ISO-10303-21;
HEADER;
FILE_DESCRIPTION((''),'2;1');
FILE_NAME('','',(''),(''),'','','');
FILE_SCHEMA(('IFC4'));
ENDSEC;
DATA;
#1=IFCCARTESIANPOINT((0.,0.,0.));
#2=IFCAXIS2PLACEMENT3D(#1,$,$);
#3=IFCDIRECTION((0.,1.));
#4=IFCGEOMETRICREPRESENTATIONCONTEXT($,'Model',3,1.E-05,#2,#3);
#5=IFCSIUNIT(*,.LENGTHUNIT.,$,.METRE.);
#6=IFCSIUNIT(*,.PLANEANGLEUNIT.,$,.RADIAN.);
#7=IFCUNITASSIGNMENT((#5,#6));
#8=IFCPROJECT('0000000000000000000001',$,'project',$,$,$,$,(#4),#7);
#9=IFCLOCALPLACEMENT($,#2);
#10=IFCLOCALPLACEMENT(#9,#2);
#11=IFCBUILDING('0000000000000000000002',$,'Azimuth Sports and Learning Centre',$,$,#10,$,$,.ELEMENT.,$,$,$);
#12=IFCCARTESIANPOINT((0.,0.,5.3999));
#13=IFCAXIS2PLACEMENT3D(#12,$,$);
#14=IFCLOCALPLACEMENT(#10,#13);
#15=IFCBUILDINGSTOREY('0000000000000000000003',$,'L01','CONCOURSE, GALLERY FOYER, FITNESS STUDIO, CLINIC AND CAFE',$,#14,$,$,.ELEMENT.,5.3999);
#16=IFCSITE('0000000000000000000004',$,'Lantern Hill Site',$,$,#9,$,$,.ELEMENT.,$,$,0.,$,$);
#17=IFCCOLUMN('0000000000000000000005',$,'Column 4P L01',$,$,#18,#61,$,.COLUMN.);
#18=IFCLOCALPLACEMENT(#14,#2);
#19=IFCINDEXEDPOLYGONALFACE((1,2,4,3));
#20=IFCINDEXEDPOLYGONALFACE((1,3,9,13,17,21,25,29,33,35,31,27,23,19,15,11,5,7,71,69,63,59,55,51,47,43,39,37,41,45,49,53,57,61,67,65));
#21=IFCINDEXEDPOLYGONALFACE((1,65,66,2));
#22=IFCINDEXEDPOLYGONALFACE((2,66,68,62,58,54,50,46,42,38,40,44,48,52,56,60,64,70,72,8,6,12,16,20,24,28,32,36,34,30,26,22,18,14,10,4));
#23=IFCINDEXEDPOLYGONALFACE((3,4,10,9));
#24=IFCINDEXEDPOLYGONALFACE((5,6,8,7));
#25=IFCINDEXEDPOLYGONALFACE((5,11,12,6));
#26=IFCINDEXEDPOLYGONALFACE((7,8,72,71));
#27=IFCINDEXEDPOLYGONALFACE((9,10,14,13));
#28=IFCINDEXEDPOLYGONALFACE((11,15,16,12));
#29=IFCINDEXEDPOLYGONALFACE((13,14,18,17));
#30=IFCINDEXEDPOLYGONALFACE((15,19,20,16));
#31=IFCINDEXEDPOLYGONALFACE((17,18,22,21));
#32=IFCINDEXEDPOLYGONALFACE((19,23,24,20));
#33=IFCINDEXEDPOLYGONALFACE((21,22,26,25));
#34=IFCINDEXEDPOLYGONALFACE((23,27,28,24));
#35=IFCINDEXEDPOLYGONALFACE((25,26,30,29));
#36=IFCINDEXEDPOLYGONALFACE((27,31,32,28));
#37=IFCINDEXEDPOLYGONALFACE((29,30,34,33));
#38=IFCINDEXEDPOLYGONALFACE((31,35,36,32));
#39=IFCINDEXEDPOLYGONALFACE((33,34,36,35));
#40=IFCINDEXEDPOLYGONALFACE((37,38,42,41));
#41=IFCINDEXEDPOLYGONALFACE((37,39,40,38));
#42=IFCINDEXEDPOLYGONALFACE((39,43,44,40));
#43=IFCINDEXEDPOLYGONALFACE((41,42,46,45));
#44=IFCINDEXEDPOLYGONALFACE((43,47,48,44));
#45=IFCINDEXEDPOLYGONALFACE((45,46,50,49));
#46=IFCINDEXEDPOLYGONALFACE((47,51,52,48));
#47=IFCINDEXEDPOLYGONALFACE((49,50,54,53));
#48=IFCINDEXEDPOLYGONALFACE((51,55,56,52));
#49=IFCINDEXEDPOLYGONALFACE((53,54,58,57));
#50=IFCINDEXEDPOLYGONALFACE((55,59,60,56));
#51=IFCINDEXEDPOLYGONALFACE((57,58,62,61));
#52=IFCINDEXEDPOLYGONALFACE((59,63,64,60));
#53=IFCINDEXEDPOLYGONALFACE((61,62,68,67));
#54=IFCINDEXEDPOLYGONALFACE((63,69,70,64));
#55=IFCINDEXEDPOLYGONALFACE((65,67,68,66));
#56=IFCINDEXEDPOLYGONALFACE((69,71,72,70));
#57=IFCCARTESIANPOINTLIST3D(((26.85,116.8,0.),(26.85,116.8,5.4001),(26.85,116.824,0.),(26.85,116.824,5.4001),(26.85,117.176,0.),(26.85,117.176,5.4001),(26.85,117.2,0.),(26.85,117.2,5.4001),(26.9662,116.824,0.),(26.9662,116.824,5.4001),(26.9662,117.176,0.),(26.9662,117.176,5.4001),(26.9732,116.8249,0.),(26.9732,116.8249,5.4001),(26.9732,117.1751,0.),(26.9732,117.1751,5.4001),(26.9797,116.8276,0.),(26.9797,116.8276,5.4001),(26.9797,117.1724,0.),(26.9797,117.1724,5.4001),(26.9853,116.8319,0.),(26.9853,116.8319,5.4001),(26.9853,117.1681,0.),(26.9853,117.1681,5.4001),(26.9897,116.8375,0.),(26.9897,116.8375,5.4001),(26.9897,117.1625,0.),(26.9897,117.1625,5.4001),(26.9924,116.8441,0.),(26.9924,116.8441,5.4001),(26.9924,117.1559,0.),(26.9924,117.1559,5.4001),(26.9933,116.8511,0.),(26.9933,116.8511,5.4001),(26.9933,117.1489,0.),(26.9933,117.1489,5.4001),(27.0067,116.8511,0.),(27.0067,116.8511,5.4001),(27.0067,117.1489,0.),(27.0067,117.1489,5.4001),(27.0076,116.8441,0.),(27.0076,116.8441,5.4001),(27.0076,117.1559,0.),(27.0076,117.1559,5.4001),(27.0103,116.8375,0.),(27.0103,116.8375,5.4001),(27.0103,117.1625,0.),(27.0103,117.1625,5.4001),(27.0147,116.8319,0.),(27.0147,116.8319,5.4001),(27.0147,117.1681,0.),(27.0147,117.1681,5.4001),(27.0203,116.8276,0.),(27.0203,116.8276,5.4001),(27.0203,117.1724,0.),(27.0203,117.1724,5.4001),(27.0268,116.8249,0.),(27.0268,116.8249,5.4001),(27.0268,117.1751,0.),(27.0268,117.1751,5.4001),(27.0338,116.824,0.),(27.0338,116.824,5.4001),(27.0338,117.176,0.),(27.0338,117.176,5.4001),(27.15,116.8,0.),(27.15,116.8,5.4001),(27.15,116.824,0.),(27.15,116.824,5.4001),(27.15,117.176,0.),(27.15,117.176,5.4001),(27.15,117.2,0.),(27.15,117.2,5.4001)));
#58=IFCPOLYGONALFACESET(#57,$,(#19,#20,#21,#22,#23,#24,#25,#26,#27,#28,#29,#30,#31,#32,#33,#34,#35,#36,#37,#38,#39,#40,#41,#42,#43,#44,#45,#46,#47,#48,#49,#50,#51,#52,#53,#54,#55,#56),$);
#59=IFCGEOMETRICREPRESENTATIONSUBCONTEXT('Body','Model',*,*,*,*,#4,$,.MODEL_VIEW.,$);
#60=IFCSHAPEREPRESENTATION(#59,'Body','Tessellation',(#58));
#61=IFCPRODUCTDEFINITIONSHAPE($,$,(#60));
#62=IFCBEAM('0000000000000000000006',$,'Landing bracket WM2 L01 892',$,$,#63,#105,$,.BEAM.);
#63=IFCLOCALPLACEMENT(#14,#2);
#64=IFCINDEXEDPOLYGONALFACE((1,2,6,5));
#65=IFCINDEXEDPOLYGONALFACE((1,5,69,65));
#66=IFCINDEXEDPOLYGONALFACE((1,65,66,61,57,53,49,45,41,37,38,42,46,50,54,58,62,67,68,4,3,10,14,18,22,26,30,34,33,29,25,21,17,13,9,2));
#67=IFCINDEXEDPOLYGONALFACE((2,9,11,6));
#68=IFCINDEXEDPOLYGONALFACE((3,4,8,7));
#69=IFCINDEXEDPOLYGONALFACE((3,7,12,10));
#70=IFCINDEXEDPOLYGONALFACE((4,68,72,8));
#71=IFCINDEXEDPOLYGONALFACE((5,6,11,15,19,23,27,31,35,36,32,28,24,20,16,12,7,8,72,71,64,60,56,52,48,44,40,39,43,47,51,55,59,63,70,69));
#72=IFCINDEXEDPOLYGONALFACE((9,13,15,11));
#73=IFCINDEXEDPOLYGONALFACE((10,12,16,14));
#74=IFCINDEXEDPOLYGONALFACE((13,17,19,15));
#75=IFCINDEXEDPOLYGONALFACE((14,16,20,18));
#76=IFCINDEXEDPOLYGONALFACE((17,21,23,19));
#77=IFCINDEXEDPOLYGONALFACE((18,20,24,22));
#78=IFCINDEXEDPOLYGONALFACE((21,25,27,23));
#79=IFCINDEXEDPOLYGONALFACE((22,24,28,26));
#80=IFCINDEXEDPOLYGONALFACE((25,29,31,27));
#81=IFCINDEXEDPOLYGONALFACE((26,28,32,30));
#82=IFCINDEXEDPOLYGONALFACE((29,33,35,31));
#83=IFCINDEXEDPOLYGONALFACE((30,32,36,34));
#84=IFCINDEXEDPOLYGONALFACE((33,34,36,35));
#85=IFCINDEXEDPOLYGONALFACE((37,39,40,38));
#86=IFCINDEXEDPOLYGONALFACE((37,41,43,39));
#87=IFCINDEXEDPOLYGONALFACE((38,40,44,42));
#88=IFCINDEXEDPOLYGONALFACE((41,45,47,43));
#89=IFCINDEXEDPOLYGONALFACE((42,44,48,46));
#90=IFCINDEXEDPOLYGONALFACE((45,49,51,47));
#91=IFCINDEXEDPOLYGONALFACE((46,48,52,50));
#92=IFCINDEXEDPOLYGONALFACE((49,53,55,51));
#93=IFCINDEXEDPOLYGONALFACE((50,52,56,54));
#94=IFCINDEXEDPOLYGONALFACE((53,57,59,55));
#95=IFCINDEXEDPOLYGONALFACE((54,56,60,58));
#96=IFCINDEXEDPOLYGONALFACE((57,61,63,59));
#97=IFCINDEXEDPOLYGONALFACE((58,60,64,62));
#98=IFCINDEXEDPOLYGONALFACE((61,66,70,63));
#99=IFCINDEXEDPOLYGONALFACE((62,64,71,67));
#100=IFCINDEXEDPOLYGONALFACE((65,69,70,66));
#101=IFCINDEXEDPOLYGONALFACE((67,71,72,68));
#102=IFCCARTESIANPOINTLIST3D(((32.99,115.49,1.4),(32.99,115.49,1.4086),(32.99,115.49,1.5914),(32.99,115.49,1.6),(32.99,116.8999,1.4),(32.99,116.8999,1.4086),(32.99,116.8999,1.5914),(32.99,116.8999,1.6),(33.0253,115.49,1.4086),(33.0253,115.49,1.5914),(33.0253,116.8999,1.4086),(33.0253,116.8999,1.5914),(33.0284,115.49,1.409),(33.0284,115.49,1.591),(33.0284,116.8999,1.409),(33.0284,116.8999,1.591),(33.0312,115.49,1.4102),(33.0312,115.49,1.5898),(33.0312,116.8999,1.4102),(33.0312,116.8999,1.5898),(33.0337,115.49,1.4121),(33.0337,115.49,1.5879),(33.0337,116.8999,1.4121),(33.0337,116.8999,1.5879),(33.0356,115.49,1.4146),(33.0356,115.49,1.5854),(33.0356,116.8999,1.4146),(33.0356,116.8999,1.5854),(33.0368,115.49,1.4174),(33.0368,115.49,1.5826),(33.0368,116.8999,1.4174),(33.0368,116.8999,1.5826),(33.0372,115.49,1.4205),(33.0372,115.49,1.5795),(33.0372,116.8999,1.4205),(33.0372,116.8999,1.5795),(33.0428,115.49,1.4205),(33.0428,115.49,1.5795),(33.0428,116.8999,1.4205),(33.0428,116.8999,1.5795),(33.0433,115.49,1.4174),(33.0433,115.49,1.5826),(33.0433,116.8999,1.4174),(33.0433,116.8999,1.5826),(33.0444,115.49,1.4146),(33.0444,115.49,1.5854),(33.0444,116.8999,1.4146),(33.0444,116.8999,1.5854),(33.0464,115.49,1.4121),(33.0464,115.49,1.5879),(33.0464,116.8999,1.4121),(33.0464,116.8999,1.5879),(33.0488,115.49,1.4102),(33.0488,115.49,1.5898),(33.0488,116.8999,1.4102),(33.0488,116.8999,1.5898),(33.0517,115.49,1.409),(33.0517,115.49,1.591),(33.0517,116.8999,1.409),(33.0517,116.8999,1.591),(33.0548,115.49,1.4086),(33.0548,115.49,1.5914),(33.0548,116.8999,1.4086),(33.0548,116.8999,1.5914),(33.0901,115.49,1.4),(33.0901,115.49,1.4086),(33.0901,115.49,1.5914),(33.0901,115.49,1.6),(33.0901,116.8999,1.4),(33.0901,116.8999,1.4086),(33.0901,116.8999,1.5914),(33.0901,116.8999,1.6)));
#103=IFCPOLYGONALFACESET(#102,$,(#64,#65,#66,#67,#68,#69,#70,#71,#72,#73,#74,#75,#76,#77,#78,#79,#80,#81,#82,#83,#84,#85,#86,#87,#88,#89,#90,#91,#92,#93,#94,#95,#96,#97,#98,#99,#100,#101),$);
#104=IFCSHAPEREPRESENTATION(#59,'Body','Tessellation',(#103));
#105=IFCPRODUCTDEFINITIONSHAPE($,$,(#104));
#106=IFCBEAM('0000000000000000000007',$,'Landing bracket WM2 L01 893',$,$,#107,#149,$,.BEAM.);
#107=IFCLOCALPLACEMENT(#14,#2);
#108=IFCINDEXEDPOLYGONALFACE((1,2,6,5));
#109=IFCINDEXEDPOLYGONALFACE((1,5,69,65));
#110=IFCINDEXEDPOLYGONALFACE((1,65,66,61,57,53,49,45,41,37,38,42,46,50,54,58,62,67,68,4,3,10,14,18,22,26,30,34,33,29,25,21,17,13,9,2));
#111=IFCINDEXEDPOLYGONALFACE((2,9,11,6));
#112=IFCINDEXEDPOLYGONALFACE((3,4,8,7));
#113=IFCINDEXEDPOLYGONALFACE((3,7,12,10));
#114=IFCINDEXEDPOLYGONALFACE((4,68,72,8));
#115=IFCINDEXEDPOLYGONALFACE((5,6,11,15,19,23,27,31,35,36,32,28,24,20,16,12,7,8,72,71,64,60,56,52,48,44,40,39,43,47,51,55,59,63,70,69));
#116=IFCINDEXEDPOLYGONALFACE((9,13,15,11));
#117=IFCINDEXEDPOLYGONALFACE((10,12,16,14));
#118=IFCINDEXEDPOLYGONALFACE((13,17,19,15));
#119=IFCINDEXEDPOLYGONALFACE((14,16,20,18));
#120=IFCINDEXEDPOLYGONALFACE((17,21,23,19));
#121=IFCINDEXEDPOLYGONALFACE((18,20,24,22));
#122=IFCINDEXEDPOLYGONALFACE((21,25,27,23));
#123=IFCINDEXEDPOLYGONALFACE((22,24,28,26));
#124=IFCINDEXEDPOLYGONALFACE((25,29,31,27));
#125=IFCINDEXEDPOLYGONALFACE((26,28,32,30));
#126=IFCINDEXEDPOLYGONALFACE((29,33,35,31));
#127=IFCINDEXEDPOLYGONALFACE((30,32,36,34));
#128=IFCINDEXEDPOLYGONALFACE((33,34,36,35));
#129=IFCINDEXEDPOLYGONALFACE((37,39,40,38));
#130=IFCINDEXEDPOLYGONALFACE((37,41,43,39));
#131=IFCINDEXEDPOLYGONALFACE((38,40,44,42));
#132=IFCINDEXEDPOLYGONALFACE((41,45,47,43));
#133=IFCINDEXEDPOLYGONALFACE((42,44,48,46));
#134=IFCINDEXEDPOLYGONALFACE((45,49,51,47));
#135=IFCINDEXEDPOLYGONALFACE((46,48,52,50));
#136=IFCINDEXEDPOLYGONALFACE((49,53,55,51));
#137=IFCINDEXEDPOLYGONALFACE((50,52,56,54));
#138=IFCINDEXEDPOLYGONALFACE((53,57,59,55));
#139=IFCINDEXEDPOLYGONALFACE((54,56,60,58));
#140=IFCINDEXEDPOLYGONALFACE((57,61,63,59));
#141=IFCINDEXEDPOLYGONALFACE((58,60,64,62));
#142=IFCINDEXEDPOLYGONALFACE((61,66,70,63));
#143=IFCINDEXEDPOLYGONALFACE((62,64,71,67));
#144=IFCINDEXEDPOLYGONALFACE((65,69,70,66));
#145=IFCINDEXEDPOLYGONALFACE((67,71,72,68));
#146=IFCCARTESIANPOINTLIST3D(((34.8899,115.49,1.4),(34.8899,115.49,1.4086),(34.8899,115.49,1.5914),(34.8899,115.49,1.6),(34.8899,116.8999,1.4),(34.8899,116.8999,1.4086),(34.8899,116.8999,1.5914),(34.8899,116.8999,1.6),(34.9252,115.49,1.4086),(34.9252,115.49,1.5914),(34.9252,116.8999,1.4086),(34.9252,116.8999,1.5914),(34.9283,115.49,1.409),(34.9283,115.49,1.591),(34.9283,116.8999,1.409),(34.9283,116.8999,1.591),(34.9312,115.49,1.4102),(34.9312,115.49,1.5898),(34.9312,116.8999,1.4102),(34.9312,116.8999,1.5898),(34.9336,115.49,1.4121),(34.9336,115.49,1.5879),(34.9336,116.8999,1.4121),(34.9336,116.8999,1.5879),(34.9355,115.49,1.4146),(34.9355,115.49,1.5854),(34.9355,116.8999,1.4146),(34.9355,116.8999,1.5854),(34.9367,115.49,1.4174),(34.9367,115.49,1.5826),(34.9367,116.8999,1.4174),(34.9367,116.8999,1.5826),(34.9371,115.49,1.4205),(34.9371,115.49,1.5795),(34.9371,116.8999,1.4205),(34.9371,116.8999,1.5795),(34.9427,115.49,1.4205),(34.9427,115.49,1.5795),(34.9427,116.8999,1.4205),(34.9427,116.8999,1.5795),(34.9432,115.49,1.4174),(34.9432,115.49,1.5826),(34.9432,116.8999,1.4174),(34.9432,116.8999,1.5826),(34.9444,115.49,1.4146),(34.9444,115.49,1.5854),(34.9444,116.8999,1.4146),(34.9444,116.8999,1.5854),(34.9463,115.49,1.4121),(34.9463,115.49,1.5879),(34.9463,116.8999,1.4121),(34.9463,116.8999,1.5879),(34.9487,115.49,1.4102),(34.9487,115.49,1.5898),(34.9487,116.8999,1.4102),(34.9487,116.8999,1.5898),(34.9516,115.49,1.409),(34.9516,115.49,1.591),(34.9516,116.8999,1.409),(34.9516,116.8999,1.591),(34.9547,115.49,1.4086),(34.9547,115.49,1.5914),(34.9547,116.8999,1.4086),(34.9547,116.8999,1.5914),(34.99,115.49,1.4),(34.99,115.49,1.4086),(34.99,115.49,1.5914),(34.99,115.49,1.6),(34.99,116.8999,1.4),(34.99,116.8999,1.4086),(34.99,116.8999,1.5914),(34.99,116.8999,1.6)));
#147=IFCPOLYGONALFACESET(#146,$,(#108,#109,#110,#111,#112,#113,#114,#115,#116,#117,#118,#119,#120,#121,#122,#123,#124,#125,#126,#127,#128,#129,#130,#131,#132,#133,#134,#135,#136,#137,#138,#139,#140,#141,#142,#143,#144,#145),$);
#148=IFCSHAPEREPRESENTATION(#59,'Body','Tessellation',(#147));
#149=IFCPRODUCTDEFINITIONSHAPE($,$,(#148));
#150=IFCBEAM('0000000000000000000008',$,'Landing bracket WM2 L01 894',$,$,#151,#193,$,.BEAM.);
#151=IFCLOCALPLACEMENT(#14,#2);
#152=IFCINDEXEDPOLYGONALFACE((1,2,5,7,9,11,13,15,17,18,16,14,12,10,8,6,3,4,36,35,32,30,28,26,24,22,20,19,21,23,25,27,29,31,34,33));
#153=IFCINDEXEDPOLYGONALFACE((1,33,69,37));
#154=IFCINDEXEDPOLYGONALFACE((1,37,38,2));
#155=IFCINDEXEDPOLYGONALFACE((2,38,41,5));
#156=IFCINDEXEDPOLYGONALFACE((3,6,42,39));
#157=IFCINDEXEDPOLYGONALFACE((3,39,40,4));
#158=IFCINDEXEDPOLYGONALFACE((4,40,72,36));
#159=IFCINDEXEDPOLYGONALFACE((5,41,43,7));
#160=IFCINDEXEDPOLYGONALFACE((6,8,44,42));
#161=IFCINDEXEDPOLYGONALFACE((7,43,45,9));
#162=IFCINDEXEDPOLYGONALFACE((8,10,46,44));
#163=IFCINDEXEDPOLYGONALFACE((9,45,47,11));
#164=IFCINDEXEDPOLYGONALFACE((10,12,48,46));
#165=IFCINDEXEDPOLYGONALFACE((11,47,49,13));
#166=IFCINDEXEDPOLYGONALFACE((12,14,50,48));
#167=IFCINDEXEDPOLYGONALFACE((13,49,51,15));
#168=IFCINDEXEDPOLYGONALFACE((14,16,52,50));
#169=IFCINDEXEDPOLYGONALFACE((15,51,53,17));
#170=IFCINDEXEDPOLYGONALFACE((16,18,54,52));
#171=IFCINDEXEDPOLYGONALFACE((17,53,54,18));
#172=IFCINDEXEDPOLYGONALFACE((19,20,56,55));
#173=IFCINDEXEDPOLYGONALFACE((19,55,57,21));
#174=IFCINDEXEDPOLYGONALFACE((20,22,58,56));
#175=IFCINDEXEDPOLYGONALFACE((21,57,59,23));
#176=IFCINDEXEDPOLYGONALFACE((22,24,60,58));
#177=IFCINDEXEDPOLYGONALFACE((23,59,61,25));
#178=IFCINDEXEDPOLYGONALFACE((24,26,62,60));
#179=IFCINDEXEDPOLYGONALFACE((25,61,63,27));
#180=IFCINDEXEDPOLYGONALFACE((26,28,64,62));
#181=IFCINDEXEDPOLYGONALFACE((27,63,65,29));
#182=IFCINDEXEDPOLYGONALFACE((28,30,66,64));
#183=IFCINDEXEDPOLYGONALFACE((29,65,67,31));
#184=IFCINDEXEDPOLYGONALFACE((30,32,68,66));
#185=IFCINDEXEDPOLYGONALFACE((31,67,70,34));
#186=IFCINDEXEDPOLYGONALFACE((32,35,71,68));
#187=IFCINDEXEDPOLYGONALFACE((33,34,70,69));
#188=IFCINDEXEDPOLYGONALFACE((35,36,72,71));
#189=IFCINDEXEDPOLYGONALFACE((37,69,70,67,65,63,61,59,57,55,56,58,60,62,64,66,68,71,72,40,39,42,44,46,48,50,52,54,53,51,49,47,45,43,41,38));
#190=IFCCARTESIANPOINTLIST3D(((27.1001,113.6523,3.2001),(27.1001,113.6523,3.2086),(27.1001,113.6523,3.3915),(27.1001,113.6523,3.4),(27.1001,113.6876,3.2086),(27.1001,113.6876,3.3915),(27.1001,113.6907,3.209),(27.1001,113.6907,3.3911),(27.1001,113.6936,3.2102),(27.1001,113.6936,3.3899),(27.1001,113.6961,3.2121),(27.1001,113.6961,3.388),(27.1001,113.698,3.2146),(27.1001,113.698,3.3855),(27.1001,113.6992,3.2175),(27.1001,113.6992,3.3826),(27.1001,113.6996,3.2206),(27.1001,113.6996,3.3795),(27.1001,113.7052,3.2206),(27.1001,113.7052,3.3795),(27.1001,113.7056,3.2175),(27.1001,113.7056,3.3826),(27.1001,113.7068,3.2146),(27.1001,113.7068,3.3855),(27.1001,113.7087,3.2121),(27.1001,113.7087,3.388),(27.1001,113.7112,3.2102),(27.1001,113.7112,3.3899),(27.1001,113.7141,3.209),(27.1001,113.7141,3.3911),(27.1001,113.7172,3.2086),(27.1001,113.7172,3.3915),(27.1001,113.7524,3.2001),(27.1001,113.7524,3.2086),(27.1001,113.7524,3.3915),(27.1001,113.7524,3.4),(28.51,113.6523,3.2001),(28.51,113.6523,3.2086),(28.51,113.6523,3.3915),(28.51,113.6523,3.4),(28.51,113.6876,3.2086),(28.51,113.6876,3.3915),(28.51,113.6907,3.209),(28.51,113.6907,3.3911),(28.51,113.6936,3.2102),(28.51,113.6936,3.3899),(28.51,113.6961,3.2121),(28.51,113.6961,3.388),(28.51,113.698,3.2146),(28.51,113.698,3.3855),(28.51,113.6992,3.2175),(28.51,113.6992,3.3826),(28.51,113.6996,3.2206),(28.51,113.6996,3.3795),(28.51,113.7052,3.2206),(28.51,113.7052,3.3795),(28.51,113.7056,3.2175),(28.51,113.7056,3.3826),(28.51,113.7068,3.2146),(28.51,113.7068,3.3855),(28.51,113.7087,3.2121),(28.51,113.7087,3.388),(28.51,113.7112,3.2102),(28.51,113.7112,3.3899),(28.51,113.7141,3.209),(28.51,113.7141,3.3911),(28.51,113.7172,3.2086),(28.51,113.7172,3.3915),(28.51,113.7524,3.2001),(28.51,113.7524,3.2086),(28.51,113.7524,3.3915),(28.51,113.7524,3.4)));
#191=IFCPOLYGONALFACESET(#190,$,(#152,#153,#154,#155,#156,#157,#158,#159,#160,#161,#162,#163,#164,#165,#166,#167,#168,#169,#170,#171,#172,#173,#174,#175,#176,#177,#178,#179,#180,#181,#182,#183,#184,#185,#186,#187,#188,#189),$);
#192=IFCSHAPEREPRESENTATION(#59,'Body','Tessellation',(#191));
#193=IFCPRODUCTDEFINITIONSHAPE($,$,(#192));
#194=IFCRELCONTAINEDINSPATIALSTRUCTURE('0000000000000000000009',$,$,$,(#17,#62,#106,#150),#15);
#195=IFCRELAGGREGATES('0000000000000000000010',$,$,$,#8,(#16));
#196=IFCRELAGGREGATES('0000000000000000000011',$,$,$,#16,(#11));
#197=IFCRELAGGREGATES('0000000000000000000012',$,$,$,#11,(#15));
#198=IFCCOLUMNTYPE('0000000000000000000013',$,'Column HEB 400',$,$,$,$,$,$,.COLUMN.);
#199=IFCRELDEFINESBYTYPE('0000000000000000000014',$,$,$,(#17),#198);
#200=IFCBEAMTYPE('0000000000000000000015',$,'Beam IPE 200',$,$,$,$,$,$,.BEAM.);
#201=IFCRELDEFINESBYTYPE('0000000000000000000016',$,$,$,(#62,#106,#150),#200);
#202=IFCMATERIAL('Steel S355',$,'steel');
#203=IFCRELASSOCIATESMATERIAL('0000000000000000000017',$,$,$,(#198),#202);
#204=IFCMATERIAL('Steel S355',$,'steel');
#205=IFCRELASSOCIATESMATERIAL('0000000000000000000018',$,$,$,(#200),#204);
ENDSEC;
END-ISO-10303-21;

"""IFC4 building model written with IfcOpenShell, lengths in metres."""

from ifc_helpers import new_model, si_unit, direction, frame, origin, origin_2d, place, context, subcontext, project, spatial, i_section, extrude, material, material_profile, profile_set, type_object, element, save


model = new_model("IFC4")

# Units and contexts
model_context = context("Model", 3, precision=1e-05, world=origin(), true_north=direction((0.0, 1.0)))
body_context = subcontext(model_context, "Body", "Model", "MODEL_VIEW")
ifc_project = project(units=[si_unit("LENGTHUNIT", "METRE"), si_unit("PLANEANGLEUNIT", "RADIAN")], contexts=[model_context])

# Site, building, storey
site_placement = place(None, origin())
site = spatial("IfcSite", under=ifc_project, at=site_placement, Name="Lantern Hill Site", CompositionType="ELEMENT", RefElevation=0.0)
building_placement = place(site_placement, origin())
building = spatial("IfcBuilding", under=site, at=building_placement, Name="Azimuth Sports and Learning Centre", CompositionType="ELEMENT")
storey_placement = place(building_placement, frame((0.0, 0.0, 5.3999)))
storey = spatial("IfcBuildingStorey", under=building, at=storey_placement, Name="L01", Description="CONCOURSE, GALLERY FOYER, FITNESS STUDIO, CLINIC AND CAFE", CompositionType="ELEMENT", Elevation=5.3999)

# Column
ifc_material_1 = material(Name="Steel S355", Category="steel")
ifc_material_profile_1 = material_profile(ifc_material_1, i_section(OverallWidth=0.3, OverallDepth=0.3999, WebThickness=0.0134, FlangeThickness=0.0239, FilletRadius=0.0271, at=origin_2d()), Name="HEB 400")
ifc_profile_set_1 = profile_set([ifc_material_profile_1], Name="Steel S355")
column_type = type_object("IfcColumnType", Name="Column HEB 400", PredefinedType="COLUMN", material=ifc_profile_set_1)
column_placement = place(storey_placement, frame((27.0, 117.0, 0.0), z_axis=(0.0, 0.0, 1.0), x_axis=(1.0, 0.0, 0.0)))
element("IfcColumn", 1, at=column_placement, inside=storey, type_object=column_type, Name="Column 4P L01", PredefinedType="COLUMN", context=body_context, shape_type="SweptSolid", body=[
    extrude(i_section(OverallWidth=0.3, OverallDepth=0.3999, WebThickness=0.0134, FlangeThickness=0.0239, FilletRadius=0.0271, at=origin_2d()), origin(), (0.0, 0.0, 1.0), 5.4001),
])

# Beams
ifc_material_2 = material(Name="Steel S355", Category="steel")
ifc_material_profile_2 = material_profile(ifc_material_2, i_section(OverallWidth=0.1001, OverallDepth=0.2, WebThickness=0.0056, FlangeThickness=0.0085, FilletRadius=0.012, at=origin_2d()), Name="IPE 200")
ifc_profile_set_2 = profile_set([ifc_material_profile_2], Name="Steel S355")
beam_type = type_object("IfcBeamType", Name="Beam IPE 200", PredefinedType="BEAM", material=ifc_profile_set_2)
for number, where, z_axis, x_axis, name in (
    (2, (33.04, 116.8999, 1.5), (0.0, -1.0, 0.0), (1.0, 0.0, 0.0), "Landing bracket WM2 L01 892"),
    (3, (34.9399, 116.8999, 1.5), (0.0, -1.0, 0.0), (1.0, 0.0, 0.0), "Landing bracket WM2 L01 893"),
    (4, (27.1001, 113.7024, 3.3), (1.0, 0.0, 0.0), (0.0, 1.0, 0.0), "Landing bracket WM2 L01 894"),
):
    element("IfcBeam", number, at=place(storey_placement, frame(where, z_axis=z_axis, x_axis=x_axis)), inside=storey, type_object=beam_type, Name=name, PredefinedType="BEAM", context=body_context, shape_type="SweptSolid", body=[
        extrude(i_section(OverallWidth=0.1001, OverallDepth=0.2, WebThickness=0.0056, FlangeThickness=0.0085, FilletRadius=0.012, at=origin_2d()), origin(), (0.0, 0.0, 1.0), 1.4099),
    ])

save(model, "model.ifc")
